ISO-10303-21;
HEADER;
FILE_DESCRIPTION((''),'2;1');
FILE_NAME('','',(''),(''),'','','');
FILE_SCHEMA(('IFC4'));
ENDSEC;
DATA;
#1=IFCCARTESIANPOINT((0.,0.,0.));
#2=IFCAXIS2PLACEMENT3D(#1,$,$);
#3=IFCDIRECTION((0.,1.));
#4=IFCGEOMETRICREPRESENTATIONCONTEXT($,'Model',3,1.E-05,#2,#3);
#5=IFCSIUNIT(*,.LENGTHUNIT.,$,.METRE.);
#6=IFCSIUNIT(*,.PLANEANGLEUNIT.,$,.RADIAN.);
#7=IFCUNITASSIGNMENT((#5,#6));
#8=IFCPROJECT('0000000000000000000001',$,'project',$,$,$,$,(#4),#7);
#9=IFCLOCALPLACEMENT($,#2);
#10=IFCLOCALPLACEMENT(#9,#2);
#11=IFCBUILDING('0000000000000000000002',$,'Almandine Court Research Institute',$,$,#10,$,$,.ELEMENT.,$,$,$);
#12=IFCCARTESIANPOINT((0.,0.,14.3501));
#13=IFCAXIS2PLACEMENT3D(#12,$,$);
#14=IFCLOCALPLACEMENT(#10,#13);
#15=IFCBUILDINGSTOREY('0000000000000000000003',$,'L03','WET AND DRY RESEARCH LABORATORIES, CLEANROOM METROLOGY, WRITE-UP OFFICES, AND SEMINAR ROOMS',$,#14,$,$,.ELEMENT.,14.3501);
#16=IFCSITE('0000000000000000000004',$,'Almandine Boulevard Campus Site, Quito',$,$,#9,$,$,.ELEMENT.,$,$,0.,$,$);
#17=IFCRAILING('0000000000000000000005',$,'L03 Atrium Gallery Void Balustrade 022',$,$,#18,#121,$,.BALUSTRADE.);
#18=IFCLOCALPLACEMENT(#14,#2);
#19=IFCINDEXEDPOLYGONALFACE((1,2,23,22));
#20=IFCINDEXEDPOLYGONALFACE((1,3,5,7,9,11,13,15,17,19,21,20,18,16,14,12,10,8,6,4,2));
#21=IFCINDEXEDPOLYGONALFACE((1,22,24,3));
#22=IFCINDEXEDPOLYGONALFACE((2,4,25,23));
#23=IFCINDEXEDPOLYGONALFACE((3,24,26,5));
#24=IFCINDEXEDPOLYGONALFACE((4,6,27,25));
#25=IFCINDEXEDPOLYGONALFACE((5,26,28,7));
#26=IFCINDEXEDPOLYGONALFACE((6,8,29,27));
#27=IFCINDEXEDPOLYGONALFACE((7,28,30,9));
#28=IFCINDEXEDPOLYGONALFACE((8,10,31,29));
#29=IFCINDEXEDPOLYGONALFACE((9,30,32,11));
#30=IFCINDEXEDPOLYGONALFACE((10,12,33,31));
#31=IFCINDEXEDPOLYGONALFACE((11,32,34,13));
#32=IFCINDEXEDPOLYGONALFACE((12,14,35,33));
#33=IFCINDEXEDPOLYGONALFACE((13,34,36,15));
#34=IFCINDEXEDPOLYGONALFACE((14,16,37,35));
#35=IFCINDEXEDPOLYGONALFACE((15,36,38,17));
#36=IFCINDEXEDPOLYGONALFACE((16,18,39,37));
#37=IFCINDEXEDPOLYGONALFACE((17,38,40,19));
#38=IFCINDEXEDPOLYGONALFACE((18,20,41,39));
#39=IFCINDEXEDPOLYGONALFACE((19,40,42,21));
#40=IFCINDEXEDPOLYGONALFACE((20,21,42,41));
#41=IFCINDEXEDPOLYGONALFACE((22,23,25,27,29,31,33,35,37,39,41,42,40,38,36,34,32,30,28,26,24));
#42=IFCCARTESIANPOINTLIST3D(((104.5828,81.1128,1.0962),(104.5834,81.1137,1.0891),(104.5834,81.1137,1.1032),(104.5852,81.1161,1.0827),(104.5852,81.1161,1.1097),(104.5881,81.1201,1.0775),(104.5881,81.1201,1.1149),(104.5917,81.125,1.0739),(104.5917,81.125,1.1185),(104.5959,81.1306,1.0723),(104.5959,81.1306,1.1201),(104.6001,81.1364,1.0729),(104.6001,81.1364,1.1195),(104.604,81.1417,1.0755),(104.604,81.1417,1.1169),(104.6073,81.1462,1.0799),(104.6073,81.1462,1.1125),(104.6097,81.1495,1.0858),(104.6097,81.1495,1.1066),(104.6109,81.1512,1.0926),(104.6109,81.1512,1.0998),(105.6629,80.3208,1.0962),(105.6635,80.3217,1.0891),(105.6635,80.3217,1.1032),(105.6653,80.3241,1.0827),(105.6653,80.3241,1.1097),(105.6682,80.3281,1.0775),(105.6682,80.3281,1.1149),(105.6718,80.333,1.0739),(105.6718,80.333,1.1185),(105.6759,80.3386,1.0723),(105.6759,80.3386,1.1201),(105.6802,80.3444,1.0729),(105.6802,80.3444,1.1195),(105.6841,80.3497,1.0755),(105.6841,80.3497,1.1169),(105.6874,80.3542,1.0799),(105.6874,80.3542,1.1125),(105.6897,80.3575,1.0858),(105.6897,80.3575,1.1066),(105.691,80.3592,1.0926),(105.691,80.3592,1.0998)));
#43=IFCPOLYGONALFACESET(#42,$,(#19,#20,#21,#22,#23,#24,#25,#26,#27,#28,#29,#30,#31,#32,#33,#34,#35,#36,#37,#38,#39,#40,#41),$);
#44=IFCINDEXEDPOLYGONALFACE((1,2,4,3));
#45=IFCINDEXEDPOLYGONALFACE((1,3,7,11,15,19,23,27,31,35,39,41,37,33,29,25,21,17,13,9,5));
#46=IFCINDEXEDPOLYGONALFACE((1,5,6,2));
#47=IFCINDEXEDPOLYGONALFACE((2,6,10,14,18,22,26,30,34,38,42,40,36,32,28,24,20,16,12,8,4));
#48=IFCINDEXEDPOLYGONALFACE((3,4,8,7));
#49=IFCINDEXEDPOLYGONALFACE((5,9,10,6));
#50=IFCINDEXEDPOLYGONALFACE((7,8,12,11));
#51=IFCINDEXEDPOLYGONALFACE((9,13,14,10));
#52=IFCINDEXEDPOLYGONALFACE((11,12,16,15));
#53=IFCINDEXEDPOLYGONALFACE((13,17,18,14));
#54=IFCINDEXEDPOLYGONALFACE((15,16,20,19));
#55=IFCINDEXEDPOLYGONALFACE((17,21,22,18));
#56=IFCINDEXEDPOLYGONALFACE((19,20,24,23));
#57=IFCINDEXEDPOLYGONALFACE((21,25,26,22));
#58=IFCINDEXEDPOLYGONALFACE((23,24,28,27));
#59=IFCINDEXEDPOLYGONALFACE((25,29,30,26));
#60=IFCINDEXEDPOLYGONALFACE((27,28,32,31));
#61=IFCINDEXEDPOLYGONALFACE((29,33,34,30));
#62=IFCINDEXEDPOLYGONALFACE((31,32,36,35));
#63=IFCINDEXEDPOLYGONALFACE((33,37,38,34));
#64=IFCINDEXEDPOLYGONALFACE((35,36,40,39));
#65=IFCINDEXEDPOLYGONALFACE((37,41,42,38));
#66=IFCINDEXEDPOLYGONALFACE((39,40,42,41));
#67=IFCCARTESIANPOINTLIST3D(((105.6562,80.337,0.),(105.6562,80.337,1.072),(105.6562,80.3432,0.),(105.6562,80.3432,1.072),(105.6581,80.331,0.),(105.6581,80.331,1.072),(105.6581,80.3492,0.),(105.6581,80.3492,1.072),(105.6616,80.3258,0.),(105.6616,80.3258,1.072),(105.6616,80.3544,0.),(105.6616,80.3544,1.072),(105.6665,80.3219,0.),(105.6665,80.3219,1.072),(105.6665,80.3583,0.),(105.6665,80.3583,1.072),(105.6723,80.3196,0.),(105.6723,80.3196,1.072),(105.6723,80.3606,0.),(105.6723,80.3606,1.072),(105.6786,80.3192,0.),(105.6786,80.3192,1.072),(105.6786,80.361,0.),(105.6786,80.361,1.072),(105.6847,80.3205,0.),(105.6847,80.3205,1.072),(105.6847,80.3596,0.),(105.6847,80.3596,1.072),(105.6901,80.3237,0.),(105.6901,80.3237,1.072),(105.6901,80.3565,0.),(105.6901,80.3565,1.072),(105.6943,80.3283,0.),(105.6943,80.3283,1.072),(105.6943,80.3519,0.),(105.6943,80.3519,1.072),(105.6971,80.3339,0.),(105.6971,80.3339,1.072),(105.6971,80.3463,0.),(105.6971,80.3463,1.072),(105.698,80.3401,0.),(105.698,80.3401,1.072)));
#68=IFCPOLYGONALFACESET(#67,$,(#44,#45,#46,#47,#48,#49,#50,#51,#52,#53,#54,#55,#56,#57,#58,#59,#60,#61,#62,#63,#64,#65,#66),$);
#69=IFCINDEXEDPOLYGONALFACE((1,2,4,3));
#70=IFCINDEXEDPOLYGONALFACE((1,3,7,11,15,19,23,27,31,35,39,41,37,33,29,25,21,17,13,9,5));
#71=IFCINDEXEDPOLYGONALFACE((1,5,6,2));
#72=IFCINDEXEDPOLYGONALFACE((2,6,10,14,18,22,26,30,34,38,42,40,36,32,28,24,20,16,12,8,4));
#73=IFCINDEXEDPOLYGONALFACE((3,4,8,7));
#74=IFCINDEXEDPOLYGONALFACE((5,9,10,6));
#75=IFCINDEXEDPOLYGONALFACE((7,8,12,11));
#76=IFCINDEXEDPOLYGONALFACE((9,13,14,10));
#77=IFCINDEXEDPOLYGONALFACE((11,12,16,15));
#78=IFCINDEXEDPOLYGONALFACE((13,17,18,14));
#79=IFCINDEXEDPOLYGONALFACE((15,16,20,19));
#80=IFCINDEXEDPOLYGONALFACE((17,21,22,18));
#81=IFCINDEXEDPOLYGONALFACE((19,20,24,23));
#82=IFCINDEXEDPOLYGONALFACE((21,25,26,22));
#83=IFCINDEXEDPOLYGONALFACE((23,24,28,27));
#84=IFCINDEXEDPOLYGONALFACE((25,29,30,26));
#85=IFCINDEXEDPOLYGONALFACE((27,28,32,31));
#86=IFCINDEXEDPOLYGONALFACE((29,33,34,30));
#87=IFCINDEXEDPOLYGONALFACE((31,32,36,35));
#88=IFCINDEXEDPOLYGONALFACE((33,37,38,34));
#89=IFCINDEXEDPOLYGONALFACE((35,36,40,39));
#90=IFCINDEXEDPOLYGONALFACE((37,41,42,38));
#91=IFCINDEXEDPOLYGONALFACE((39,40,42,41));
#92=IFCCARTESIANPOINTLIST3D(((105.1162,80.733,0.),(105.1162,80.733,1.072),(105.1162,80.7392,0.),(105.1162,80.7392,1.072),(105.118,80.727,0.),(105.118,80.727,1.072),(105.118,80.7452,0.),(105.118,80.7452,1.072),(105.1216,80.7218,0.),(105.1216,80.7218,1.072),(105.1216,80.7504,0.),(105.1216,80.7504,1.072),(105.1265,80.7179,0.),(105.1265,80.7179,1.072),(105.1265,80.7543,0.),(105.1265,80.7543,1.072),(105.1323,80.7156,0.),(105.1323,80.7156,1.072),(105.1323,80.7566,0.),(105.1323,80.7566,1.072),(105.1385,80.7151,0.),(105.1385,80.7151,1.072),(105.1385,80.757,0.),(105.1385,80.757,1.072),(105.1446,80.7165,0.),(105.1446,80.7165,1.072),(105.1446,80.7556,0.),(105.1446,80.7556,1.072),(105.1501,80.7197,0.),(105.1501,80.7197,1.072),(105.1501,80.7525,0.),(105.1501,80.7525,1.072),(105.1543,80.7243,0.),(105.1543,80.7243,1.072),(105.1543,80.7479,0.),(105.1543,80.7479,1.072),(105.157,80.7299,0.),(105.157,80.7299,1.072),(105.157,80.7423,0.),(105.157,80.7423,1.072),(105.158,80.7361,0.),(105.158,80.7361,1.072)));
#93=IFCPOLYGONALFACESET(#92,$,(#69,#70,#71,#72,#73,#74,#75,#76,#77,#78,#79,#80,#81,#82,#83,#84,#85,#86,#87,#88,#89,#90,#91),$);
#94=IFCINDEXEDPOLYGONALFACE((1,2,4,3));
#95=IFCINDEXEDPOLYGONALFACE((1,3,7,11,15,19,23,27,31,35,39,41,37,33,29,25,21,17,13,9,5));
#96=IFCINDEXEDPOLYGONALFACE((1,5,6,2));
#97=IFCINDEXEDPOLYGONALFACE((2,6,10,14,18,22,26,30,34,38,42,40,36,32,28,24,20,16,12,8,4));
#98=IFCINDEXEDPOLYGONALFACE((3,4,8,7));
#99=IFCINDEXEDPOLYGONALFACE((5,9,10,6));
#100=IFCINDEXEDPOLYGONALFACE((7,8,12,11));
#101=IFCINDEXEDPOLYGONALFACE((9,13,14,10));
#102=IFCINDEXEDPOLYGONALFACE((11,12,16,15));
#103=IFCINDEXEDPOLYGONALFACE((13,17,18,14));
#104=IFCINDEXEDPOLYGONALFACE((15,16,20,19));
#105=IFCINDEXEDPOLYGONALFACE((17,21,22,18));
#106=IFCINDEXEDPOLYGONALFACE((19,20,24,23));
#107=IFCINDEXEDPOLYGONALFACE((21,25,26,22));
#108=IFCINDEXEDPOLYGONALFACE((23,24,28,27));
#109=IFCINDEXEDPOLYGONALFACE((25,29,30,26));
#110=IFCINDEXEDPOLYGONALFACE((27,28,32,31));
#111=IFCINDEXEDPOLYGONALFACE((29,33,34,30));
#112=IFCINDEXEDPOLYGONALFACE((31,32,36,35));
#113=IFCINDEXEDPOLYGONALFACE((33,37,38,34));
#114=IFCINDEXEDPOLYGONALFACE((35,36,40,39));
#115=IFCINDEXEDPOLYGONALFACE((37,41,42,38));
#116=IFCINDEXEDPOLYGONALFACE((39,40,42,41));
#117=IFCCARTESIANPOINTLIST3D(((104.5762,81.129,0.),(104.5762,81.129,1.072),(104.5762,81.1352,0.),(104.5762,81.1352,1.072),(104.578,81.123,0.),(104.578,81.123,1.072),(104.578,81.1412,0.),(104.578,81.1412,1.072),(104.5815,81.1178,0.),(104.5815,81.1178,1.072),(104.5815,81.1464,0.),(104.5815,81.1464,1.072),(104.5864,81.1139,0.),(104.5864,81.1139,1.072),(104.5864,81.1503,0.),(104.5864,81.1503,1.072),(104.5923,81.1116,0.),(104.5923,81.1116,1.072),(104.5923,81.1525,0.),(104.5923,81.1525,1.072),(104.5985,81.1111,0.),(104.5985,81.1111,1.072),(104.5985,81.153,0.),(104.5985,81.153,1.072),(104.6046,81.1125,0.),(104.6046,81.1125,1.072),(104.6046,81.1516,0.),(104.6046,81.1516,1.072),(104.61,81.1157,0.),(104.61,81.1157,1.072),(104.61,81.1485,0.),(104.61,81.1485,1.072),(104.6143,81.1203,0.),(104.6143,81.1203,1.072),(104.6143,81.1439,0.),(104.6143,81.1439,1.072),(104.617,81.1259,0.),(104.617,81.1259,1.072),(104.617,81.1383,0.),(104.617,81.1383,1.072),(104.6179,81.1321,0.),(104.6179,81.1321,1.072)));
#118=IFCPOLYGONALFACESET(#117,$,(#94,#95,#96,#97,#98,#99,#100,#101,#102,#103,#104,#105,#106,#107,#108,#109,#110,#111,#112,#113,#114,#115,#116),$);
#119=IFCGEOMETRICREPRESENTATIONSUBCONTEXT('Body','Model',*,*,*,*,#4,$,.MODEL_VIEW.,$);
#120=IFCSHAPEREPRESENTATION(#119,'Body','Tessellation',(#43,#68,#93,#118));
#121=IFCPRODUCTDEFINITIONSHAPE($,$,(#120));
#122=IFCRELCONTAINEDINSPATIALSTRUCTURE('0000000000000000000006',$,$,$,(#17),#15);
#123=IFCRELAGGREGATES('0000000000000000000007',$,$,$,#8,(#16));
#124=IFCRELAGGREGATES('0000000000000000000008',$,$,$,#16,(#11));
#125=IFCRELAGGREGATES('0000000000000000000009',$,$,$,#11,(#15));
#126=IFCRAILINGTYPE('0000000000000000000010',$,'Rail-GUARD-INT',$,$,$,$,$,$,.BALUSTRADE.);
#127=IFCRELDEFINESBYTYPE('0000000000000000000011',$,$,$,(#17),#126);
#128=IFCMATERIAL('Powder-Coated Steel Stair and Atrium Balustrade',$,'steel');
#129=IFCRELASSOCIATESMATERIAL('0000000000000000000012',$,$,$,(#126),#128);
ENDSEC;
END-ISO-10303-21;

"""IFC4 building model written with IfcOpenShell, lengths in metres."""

from ifc_helpers import new_model, si_unit, direction, frame, origin, origin_2d, place, context, subcontext, project, spatial, circle, extrude, material, type_object, element, save


model = new_model("IFC4")

# Units and contexts
model_context = context("Model", 3, precision=1e-05, world=origin(), true_north=direction((0.0, 1.0)))
body_context = subcontext(model_context, "Body", "Model", "MODEL_VIEW")
ifc_project = project(units=[si_unit("LENGTHUNIT", "METRE"), si_unit("PLANEANGLEUNIT", "RADIAN")], contexts=[model_context])

# Site, building, storey
site_placement = place(None, origin())
site = spatial("IfcSite", under=ifc_project, at=site_placement, Name="Almandine Boulevard Campus Site, Quito", CompositionType="ELEMENT", RefElevation=0.0)
building_placement = place(site_placement, origin())
building = spatial("IfcBuilding", under=site, at=building_placement, Name="Almandine Court Research Institute", CompositionType="ELEMENT")
storey_placement = place(building_placement, frame((0.0, 0.0, 14.3501)))
storey = spatial("IfcBuildingStorey", under=building, at=storey_placement, Name="L03", Description="WET AND DRY RESEARCH LABORATORIES, CLEANROOM METROLOGY, WRITE-UP OFFICES, AND SEMINAR ROOMS", CompositionType="ELEMENT", Elevation=14.3501)

# Railing
ifc_material_1 = material(Name="Powder-Coated Steel Stair and Atrium Balustrade", Category="steel")
railing_type = type_object("IfcRailingType", Name="Rail-GUARD-INT", PredefinedType="BALUSTRADE", material=ifc_material_1)
railing_1_placement = place(storey_placement, frame((105.677, 80.3401, 0.0)))
element("IfcRailing", 1, at=railing_1_placement, inside=storey, type_object=railing_type, Name="L03 Atrium Gallery Void Balustrade 022", PredefinedType="BALUSTRADE", context=body_context, shape_type="SweptSolid", body=[
    extrude(circle(Radius=0.0239, at=origin_2d()), frame((0.0, 0.0, 1.0962), z_axis=(-0.806428, 0.591332, 0.0), x_axis=(-0.591332, -0.806428, 0.0)), (0.0, 0.0, 1.0), 1.3394),
    extrude(circle(Radius=0.021, at=origin_2d()), origin(), (0.0, 0.0, 1.0), 1.072),
    extrude(circle(Radius=0.021, at=origin_2d()), frame((-0.54, 0.396, 0.0)), (0.0, 0.0, 1.0), 1.072),
    extrude(circle(Radius=0.021, at=origin_2d()), frame((-1.0801, 0.792, 0.0)), (0.0, 0.0, 1.0), 1.072),
])

save(model, "model.ifc")
